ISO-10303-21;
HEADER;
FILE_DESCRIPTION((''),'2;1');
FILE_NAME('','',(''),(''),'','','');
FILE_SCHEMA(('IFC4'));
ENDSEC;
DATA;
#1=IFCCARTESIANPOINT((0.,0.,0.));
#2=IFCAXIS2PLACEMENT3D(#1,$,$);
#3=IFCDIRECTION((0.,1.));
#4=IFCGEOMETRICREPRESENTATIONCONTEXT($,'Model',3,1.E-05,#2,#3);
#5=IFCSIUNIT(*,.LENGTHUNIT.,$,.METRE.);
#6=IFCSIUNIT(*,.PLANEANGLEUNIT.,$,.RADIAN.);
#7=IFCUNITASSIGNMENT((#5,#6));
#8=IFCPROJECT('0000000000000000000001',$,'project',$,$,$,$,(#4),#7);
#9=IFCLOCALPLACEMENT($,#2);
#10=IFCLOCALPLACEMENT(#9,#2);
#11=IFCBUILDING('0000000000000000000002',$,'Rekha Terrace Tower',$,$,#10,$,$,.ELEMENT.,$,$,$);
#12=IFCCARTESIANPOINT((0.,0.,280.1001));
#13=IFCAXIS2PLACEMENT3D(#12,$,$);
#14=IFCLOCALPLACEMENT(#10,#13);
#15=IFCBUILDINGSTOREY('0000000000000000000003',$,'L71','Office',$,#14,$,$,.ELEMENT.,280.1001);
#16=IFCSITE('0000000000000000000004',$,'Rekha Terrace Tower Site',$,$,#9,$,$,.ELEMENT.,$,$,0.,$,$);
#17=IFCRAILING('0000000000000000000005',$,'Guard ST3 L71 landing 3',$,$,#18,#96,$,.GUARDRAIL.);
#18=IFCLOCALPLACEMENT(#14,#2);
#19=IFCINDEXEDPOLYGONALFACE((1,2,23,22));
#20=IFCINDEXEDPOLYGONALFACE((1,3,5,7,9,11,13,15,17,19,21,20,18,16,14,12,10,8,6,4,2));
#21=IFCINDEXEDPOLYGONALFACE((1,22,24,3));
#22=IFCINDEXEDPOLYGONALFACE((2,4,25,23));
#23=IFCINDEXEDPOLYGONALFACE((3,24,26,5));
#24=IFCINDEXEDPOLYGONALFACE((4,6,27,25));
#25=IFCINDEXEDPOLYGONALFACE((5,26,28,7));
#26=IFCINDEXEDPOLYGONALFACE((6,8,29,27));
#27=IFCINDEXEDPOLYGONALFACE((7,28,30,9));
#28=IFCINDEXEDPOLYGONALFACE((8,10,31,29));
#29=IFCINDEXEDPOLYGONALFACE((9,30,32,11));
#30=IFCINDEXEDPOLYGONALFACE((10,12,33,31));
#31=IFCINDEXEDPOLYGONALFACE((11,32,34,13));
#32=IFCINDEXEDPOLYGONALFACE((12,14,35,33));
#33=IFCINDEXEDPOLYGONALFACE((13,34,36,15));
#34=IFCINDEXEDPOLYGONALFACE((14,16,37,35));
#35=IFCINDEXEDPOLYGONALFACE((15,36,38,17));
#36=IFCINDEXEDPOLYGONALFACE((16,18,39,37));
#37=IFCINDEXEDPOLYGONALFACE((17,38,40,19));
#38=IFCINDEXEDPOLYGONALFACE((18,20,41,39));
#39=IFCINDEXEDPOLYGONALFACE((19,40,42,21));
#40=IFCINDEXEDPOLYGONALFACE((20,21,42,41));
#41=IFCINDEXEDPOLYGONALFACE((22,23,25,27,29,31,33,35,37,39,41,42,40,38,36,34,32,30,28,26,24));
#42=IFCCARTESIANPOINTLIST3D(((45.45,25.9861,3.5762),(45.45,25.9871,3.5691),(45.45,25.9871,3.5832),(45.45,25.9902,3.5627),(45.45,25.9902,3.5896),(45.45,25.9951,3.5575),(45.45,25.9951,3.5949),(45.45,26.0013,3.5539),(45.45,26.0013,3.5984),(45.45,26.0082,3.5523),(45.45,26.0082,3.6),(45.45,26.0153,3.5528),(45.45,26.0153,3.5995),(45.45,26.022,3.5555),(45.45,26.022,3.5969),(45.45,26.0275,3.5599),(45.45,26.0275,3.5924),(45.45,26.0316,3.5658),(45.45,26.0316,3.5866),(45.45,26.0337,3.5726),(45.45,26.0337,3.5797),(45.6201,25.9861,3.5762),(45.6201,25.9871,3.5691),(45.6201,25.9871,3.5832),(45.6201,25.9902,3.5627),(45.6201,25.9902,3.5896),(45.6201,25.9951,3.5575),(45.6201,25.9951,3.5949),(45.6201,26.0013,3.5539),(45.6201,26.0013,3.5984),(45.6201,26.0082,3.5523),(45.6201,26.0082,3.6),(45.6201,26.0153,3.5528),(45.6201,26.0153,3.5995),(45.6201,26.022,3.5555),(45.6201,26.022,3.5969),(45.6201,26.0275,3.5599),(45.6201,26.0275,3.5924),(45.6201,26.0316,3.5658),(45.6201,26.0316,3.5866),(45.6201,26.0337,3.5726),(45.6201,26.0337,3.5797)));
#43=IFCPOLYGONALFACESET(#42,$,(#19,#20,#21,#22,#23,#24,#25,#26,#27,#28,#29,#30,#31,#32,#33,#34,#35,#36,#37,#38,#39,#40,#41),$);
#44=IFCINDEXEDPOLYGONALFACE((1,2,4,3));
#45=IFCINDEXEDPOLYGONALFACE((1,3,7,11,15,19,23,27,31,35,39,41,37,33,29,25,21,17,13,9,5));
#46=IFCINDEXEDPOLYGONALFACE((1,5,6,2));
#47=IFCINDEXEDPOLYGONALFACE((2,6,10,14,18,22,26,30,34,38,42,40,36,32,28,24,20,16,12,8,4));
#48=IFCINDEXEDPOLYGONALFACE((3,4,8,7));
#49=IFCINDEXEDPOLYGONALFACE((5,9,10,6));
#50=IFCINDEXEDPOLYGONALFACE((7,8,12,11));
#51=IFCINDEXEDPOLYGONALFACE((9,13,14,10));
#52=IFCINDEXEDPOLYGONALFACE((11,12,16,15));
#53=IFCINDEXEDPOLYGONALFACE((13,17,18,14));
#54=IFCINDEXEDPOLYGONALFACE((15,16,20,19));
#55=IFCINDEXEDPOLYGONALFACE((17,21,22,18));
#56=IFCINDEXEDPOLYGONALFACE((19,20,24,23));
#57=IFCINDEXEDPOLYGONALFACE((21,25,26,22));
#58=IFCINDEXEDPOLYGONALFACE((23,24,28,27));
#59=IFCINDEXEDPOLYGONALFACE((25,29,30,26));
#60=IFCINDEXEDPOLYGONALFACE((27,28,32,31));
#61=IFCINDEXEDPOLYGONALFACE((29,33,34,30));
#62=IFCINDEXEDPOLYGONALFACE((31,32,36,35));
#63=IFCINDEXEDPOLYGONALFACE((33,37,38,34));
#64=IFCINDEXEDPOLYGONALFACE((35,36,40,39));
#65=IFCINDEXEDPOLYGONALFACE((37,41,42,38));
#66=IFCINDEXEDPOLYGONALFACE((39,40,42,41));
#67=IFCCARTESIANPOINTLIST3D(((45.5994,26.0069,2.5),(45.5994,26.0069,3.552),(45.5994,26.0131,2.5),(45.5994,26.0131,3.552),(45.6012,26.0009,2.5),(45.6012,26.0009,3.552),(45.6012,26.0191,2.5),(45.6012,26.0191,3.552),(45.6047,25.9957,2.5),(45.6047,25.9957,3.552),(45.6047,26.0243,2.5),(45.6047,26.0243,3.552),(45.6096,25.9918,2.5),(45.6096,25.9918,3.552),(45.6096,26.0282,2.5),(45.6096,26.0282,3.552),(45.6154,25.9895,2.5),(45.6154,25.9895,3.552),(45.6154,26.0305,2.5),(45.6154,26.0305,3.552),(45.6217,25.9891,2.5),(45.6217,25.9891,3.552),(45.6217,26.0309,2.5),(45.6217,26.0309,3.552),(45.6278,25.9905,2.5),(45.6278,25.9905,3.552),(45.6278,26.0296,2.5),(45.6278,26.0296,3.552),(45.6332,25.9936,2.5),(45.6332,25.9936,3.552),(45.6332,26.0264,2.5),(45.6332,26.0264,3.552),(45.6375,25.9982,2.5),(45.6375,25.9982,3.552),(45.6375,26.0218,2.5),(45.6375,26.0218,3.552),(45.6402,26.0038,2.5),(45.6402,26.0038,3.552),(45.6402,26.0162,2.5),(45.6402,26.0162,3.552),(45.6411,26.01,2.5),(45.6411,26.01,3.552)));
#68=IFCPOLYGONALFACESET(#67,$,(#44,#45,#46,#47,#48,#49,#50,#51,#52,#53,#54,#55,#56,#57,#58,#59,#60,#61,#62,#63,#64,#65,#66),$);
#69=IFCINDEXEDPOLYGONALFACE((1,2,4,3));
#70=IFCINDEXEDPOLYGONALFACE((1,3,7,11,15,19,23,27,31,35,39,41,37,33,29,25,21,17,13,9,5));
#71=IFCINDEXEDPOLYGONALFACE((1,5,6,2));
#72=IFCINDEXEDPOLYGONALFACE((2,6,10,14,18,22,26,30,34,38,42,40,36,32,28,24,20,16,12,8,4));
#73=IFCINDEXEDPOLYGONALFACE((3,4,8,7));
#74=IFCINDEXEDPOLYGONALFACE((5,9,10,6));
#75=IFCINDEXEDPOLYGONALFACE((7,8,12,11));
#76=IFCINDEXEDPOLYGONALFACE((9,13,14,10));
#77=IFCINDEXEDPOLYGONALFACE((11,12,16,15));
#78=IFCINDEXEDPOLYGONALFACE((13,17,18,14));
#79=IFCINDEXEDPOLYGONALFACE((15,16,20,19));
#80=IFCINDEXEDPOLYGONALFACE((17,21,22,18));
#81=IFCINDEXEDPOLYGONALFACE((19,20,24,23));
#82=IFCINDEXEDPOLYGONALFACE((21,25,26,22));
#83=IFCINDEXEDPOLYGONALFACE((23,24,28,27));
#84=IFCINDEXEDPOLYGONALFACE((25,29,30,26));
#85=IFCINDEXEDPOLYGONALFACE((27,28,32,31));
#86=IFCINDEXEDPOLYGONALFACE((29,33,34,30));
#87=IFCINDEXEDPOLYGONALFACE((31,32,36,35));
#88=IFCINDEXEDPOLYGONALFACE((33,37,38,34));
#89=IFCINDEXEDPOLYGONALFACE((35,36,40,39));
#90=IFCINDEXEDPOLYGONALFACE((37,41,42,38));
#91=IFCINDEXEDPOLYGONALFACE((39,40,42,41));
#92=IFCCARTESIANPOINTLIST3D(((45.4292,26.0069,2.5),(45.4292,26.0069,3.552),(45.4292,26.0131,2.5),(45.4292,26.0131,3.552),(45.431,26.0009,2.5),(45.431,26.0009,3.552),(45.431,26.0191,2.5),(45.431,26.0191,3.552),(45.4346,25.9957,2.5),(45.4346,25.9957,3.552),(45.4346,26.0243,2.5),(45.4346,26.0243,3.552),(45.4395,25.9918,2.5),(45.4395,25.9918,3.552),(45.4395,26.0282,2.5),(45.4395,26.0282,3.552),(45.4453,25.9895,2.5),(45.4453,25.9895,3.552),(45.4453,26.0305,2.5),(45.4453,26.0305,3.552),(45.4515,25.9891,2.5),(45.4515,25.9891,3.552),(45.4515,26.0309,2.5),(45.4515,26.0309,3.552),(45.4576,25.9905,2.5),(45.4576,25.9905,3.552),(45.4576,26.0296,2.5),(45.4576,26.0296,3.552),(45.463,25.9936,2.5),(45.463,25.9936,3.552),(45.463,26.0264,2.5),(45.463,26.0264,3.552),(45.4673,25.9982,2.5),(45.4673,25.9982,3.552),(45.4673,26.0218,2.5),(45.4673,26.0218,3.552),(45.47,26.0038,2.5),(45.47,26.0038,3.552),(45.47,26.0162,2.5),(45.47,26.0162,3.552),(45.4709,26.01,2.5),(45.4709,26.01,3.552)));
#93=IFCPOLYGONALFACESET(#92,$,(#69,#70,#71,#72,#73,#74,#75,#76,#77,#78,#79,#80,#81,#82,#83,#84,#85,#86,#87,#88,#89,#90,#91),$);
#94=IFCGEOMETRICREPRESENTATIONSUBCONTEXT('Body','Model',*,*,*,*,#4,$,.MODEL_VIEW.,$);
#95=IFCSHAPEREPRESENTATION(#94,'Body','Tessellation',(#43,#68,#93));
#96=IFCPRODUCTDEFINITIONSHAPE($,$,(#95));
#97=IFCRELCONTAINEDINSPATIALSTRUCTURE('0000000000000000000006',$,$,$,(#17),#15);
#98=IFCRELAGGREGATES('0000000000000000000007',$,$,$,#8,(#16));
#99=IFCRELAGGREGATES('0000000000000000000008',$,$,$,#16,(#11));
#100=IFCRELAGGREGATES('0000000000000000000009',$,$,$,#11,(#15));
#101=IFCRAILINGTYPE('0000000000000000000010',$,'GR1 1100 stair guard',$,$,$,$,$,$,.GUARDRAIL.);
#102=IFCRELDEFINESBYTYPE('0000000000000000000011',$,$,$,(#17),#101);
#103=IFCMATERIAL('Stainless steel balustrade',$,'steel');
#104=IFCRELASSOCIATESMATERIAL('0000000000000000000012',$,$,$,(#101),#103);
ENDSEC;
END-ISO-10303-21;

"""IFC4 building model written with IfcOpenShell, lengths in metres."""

from ifc_helpers import new_model, si_unit, direction, frame, origin, origin_2d, place, context, subcontext, project, spatial, circle, extrude, material, type_object, element, save


model = new_model("IFC4")

# Units and contexts
model_context = context("Model", 3, precision=1e-05, world=origin(), true_north=direction((0.0, 1.0)))
body_context = subcontext(model_context, "Body", "Model", "MODEL_VIEW")
ifc_project = project(units=[si_unit("LENGTHUNIT", "METRE"), si_unit("PLANEANGLEUNIT", "RADIAN")], contexts=[model_context])

# Site, building, storey
site_placement = place(None, origin())
site = spatial("IfcSite", under=ifc_project, at=site_placement, Name="Rekha Terrace Tower Site", CompositionType="ELEMENT", RefElevation=0.0)
building_placement = place(site_placement, origin())
building = spatial("IfcBuilding", under=site, at=building_placement, Name="Rekha Terrace Tower", CompositionType="ELEMENT")
storey_placement = place(building_placement, frame((0.0, 0.0, 280.1001)))
storey = spatial("IfcBuildingStorey", under=building, at=storey_placement, Name="L71", Description="Office", CompositionType="ELEMENT", Elevation=280.1001)

# Railing
ifc_material_1 = material(Name="Stainless steel balustrade", Category="steel")
railing_type_1 = type_object("IfcRailingType", Name="GR1 1100 stair guard", PredefinedType="GUARDRAIL", material=ifc_material_1)
railing_1_placement = place(storey_placement, frame((45.6201, 26.01, 2.5)))
element("IfcRailing", 1, at=railing_1_placement, inside=storey, type_object=railing_type_1, Name="Guard ST3 L71 landing 3", PredefinedType="GUARDRAIL", context=body_context, shape_type="SweptSolid", body=[
    extrude(circle(Radius=0.0239, at=origin_2d()), frame((0.0, 0.0, 1.0762), z_axis=(-1.0, 0.0, 0.0), x_axis=(0.0, -1.0, 0.0)), (0.0, 0.0, 1.0), 0.1702),
    extrude(circle(Radius=0.021, at=origin_2d()), origin(), (0.0, 0.0, 1.0), 1.052),
    extrude(circle(Radius=0.021, at=origin_2d()), frame((-0.1702, 0.0, 0.0)), (0.0, 0.0, 1.0), 1.052),
])

save(model, "model.ifc")
